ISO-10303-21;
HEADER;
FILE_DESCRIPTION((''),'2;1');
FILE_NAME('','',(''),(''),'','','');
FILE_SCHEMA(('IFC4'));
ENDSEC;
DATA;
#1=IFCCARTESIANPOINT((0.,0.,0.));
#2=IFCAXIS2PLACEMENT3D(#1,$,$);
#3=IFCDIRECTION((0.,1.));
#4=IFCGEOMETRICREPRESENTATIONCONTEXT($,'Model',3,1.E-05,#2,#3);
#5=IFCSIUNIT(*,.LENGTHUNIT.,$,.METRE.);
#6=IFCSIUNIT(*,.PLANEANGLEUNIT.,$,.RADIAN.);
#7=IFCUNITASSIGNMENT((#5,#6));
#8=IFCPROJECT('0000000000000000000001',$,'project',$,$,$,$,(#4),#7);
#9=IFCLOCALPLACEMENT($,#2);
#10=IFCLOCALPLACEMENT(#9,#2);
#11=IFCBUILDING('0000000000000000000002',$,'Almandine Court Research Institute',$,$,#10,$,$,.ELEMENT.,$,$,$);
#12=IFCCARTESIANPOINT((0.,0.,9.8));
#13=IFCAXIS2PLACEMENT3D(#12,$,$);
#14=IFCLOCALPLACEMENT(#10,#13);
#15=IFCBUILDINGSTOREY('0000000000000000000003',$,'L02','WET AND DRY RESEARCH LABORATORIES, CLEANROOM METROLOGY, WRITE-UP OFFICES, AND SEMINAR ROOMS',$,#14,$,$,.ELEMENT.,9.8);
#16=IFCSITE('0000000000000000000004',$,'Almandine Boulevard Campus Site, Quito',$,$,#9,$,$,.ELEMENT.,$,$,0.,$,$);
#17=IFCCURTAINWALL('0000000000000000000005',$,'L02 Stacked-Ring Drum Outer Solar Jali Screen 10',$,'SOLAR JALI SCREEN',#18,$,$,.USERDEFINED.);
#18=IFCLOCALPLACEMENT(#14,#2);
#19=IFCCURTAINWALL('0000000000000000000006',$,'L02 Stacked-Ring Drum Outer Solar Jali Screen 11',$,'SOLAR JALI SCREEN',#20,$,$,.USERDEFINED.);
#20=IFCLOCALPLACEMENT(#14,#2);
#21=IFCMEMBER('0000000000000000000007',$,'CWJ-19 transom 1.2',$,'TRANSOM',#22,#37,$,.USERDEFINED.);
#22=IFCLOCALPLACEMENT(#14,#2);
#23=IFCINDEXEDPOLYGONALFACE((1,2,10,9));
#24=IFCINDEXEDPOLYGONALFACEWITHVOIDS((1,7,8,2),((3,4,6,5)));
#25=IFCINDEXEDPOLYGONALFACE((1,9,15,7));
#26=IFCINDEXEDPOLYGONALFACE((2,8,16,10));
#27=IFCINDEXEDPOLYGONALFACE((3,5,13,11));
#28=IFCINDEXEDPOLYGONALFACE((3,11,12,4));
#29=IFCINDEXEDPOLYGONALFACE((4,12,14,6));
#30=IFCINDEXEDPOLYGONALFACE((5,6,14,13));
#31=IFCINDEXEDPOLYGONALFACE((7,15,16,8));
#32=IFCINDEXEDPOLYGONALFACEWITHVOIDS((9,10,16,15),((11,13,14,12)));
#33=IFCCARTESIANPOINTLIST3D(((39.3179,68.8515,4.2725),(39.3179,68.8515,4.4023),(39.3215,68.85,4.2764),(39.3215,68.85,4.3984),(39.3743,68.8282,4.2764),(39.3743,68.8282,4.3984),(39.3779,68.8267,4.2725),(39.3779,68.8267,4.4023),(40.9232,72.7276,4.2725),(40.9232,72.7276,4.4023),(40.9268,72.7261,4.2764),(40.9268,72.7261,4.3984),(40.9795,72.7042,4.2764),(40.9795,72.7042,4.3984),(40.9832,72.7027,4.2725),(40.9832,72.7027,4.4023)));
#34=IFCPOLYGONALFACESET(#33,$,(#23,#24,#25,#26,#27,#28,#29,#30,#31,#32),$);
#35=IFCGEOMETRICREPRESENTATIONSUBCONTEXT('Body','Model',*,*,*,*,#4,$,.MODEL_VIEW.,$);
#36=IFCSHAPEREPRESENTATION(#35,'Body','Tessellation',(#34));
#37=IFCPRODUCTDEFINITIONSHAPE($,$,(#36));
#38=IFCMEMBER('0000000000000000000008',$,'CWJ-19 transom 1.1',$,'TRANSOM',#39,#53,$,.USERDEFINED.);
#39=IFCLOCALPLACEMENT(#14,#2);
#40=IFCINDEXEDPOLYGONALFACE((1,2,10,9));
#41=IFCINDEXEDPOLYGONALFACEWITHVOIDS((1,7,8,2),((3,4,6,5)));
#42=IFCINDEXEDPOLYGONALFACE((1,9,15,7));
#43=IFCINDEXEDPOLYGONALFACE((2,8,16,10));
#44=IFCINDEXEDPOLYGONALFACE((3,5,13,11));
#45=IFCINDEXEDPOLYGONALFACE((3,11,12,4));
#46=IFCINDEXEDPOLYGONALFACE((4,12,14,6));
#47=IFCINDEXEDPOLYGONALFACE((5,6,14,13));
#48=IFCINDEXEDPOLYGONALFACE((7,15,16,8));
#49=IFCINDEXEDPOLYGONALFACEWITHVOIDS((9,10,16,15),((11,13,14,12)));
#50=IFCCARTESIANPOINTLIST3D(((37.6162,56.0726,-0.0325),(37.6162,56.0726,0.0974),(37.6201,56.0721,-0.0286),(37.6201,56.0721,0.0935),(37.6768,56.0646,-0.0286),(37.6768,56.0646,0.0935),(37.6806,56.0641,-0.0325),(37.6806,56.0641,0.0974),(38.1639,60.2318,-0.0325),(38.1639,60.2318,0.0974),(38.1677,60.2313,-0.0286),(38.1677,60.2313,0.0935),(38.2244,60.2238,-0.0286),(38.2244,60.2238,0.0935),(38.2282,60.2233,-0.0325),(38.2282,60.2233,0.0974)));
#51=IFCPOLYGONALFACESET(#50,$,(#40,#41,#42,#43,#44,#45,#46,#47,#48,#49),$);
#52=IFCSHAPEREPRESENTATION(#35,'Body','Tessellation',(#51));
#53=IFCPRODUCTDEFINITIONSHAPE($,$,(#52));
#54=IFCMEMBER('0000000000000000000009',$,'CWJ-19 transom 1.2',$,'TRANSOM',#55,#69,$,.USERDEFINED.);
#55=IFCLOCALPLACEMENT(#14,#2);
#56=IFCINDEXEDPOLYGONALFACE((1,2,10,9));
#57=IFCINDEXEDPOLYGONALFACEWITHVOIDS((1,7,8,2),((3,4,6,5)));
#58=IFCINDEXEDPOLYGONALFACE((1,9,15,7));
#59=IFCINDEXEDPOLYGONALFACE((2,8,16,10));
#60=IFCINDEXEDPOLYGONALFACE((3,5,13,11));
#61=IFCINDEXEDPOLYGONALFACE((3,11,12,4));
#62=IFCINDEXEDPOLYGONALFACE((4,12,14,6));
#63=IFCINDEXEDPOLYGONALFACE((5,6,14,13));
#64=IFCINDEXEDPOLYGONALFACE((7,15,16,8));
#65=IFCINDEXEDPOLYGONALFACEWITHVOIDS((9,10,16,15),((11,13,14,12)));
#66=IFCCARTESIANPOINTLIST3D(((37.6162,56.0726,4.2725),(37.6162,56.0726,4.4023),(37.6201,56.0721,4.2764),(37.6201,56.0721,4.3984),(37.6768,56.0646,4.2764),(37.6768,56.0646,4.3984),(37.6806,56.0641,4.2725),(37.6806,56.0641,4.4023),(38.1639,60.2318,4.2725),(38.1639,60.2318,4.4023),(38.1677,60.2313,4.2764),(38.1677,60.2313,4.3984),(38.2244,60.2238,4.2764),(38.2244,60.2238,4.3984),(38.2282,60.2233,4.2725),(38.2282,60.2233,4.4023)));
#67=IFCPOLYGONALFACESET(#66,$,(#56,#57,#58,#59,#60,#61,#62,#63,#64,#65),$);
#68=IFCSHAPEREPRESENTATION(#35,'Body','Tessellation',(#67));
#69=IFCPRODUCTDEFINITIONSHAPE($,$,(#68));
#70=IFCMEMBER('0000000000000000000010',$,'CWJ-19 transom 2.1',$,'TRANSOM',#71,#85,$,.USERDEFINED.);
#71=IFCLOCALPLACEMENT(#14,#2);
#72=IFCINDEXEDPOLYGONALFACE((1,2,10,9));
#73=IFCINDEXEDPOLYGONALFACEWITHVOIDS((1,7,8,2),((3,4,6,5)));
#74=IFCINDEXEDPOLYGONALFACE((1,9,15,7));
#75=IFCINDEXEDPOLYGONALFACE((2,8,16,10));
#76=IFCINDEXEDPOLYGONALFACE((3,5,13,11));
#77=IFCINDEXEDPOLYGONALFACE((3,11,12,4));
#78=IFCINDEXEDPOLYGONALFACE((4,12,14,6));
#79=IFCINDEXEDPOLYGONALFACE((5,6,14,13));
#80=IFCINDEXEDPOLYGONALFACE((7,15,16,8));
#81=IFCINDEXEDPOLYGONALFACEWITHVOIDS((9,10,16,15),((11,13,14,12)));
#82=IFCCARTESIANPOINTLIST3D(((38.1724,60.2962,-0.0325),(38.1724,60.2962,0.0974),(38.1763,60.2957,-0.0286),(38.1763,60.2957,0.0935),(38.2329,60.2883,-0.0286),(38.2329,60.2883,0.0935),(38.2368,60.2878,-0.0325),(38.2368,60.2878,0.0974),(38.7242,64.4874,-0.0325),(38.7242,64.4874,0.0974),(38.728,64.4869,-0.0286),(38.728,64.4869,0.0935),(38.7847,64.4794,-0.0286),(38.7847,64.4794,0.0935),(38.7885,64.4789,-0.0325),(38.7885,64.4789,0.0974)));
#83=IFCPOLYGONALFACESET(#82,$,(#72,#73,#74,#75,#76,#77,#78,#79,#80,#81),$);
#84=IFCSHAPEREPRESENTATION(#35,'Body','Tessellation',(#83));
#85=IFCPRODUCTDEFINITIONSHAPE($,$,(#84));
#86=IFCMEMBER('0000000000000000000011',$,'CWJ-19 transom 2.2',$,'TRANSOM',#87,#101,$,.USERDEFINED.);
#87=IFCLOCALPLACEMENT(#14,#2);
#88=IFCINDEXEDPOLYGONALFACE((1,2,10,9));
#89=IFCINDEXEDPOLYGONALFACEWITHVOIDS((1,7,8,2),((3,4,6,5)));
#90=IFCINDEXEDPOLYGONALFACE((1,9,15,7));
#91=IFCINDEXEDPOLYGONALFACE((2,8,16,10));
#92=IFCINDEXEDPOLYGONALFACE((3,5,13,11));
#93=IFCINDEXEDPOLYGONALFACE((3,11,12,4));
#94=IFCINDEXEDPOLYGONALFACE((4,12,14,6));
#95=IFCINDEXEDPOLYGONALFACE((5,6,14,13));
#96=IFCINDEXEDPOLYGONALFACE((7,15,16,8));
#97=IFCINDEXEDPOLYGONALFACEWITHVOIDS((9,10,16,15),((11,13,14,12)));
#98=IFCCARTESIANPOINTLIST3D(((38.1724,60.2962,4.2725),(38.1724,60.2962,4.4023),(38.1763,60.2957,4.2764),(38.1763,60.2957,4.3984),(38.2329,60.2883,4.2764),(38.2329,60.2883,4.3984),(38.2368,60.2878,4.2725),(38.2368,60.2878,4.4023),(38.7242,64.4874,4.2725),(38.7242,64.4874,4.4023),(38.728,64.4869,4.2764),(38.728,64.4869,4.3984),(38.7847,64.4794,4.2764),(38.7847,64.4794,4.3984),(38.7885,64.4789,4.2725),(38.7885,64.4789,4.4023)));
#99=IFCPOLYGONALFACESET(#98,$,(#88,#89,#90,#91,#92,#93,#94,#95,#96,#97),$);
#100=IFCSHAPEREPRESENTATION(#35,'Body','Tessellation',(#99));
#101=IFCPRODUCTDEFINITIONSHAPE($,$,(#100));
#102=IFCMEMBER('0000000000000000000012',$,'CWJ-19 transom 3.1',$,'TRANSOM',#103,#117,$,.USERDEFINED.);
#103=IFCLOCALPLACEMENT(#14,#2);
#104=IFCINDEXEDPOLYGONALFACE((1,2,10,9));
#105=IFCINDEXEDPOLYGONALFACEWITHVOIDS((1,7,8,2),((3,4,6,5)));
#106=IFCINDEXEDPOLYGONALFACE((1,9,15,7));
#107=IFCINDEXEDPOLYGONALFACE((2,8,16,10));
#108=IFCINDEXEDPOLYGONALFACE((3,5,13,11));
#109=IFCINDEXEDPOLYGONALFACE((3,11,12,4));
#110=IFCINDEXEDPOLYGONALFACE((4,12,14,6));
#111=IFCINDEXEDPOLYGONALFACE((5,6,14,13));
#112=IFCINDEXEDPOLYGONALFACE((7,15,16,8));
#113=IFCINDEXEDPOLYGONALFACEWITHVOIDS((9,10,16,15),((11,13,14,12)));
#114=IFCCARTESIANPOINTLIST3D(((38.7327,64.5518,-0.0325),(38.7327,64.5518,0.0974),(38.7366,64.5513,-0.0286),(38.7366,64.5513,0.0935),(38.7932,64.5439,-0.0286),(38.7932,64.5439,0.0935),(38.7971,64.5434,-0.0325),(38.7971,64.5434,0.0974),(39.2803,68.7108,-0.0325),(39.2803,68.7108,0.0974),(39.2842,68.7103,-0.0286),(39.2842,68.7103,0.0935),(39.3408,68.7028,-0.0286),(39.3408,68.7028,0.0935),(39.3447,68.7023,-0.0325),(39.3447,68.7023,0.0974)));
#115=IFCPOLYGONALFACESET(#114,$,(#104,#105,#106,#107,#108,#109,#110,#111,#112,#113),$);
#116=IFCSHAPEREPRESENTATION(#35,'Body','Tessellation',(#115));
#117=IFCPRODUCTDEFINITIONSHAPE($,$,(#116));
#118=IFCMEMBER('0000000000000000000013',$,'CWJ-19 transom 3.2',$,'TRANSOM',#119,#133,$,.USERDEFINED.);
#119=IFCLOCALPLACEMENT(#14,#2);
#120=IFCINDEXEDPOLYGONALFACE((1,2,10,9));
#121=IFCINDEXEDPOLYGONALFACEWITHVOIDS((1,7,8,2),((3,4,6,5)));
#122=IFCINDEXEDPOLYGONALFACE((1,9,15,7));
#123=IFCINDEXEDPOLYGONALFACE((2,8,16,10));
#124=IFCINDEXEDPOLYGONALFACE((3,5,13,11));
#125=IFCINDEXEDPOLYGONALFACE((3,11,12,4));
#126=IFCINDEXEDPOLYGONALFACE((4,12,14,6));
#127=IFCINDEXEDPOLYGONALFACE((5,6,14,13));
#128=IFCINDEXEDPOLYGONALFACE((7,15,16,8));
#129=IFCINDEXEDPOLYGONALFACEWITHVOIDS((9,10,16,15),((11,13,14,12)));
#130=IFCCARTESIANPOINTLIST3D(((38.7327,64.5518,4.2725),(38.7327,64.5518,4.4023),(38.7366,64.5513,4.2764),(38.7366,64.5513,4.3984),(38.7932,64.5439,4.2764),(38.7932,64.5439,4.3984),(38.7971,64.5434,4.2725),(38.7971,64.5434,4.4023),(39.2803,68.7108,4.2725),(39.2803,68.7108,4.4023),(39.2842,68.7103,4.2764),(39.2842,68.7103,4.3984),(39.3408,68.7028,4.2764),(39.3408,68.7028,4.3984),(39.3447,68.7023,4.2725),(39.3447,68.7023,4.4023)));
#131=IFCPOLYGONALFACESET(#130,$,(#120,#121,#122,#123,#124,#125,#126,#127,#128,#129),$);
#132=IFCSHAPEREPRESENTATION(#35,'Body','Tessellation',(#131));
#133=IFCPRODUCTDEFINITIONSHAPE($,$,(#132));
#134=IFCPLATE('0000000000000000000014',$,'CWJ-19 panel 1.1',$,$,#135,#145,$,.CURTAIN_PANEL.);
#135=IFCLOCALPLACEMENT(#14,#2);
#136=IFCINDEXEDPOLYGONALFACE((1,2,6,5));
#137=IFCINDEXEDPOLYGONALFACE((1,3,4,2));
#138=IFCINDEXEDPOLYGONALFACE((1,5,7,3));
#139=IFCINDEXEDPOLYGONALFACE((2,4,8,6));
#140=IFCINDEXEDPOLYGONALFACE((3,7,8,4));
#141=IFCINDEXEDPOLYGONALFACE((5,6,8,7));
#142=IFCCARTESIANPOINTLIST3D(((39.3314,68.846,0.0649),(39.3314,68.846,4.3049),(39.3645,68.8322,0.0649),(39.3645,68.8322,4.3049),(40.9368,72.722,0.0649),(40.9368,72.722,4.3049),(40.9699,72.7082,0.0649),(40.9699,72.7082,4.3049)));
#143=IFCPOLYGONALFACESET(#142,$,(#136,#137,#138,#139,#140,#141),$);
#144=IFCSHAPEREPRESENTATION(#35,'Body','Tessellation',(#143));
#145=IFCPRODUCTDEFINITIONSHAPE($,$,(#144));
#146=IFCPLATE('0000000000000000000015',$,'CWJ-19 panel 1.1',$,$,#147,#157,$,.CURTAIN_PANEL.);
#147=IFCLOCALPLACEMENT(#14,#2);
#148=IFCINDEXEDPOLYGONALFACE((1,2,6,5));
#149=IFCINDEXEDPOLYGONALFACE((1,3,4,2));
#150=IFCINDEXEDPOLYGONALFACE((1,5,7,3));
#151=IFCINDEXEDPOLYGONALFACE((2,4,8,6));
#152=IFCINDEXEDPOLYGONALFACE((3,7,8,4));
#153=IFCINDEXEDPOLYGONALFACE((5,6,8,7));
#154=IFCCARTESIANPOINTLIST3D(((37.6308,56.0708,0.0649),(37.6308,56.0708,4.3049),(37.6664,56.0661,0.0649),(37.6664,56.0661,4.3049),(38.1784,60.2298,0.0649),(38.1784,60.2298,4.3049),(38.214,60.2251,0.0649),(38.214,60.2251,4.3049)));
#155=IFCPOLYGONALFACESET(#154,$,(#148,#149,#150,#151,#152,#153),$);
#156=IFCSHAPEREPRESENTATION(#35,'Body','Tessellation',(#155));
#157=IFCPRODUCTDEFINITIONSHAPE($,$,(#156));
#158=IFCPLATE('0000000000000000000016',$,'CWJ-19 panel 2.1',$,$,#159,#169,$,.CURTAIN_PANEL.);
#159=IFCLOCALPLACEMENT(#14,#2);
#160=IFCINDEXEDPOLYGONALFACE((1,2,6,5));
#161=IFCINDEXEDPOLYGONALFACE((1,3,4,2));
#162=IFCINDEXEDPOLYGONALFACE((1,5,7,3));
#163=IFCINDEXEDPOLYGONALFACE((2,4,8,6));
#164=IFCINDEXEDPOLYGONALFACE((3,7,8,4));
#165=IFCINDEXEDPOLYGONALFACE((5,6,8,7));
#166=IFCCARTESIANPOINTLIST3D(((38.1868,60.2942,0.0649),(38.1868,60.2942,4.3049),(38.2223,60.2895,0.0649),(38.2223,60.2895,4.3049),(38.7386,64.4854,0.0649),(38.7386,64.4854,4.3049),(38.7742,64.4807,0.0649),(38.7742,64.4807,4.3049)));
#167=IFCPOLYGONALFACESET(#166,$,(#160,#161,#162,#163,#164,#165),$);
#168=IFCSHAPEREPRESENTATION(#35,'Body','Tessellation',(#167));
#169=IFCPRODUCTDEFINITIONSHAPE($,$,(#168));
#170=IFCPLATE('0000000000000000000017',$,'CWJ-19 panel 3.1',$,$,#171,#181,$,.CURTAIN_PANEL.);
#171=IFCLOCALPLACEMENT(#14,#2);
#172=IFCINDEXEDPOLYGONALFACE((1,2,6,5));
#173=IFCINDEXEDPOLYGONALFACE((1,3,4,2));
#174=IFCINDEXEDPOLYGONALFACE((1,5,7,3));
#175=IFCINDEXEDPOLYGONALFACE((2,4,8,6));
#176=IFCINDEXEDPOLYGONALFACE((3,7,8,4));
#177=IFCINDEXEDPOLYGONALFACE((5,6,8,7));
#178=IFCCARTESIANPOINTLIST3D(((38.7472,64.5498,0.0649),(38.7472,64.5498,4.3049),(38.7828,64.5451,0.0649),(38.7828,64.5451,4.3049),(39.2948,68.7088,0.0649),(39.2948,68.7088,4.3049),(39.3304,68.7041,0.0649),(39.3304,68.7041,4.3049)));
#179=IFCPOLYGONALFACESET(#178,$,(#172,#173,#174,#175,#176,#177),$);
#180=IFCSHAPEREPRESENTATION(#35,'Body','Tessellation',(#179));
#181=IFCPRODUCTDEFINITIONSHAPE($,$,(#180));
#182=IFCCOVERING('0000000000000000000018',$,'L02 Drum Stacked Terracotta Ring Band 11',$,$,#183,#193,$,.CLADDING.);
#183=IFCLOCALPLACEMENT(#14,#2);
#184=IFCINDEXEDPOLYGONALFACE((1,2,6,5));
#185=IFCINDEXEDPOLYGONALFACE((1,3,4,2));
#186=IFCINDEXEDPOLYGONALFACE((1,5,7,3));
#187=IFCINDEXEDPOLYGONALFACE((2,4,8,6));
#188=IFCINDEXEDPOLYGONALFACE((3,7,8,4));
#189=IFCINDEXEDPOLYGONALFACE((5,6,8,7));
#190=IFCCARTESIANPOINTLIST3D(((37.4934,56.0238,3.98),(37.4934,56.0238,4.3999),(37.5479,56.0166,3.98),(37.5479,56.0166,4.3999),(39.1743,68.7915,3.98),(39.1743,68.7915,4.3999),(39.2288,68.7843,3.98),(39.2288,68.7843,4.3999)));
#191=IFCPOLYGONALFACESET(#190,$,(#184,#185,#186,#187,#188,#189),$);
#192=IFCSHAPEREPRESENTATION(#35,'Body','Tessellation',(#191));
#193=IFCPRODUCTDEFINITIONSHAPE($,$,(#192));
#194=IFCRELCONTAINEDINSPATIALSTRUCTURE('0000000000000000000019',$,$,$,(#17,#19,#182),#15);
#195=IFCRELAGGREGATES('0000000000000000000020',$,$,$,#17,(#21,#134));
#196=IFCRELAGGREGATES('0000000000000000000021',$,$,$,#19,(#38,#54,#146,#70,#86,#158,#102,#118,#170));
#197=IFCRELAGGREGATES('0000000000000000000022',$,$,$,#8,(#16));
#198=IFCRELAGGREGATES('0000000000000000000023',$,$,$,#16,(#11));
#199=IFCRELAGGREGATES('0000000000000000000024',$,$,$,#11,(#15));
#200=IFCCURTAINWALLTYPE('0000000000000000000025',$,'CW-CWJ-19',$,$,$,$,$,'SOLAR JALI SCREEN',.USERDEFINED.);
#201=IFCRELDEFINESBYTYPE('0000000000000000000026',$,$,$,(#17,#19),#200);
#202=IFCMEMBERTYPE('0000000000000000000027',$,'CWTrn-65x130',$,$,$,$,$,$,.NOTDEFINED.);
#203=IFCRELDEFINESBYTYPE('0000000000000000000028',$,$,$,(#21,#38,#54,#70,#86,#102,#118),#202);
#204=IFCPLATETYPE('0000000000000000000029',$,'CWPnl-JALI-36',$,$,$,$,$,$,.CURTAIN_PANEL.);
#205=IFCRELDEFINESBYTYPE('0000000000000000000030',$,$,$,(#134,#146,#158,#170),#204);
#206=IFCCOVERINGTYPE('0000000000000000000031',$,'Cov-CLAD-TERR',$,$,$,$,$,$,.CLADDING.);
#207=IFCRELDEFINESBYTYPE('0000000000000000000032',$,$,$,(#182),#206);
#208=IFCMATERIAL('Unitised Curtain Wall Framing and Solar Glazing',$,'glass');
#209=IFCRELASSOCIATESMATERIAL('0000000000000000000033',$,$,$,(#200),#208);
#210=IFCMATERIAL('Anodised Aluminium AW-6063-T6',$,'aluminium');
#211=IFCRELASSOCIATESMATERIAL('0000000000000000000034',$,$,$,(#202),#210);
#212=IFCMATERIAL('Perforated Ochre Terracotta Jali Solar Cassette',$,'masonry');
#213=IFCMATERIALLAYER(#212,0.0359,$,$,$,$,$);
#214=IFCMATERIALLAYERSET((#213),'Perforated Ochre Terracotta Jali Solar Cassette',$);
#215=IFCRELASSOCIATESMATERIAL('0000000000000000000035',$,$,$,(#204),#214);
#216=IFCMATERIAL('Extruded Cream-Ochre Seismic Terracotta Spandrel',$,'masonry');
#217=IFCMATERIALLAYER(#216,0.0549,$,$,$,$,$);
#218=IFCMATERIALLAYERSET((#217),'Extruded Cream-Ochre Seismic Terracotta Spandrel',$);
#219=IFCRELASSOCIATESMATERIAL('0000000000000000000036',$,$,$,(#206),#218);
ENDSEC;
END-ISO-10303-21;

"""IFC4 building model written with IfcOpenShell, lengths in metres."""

from ifc_helpers import new_model, si_unit, direction, frame, origin, origin_2d, place, context, subcontext, project, spatial, rectangle, hollow_rectangle, extrude, material, layer, layer_set, material_profile, profile_set, type_object, element, aggregate, save


model = new_model("IFC4")

# Units and contexts
model_context = context("Model", 3, precision=1e-05, world=origin(), true_north=direction((0.0, 1.0)))
body_context = subcontext(model_context, "Body", "Model", "MODEL_VIEW")
ifc_project = project(units=[si_unit("LENGTHUNIT", "METRE"), si_unit("PLANEANGLEUNIT", "RADIAN")], contexts=[model_context])

# Site, building, storey
site_placement = place(None, origin())
site = spatial("IfcSite", under=ifc_project, at=site_placement, Name="Almandine Boulevard Campus Site, Quito", CompositionType="ELEMENT", RefElevation=0.0)
building_placement = place(site_placement, origin())
building = spatial("IfcBuilding", under=site, at=building_placement, Name="Almandine Court Research Institute", CompositionType="ELEMENT")
storey_placement = place(building_placement, frame((0.0, 0.0, 9.8)))
storey = spatial("IfcBuildingStorey", under=building, at=storey_placement, Name="L02", Description="WET AND DRY RESEARCH LABORATORIES, CLEANROOM METROLOGY, WRITE-UP OFFICES, AND SEMINAR ROOMS", CompositionType="ELEMENT", Elevation=9.8)

# Curtain walls
ifc_material_1 = material(Name="Unitised Curtain Wall Framing and Solar Glazing", Category="glass")
curtain_wall_type = type_object("IfcCurtainWallType", Name="CW-CWJ-19", ElementType="SOLAR JALI SCREEN", PredefinedType="USERDEFINED", material=ifc_material_1)
curtain_wall_1_placement = place(storey_placement, origin())
curtain_wall_1 = element("IfcCurtainWall", 1, at=curtain_wall_1_placement, inside=storey, type_object=curtain_wall_type, Name="L02 Stacked-Ring Drum Outer Solar Jali Screen 10", ObjectType="SOLAR JALI SCREEN", PredefinedType="USERDEFINED")
ifc_material_2 = material(Name="Anodised Aluminium AW-6063-T6", Category="aluminium")
curtain_wall_2_placement = place(storey_placement, origin())
curtain_wall_2 = element("IfcCurtainWall", 2, at=curtain_wall_2_placement, inside=storey, type_object=curtain_wall_type, Name="L02 Stacked-Ring Drum Outer Solar Jali Screen 11", ObjectType="SOLAR JALI SCREEN", PredefinedType="USERDEFINED")

# Members
ifc_material_profile_1 = material_profile(ifc_material_2, hollow_rectangle(XDim=0.0649, YDim=0.1299, WallThickness=0.0039, at=origin_2d()), Name="ALU RHS 65x130x4")
ifc_profile_set_1 = profile_set([ifc_material_profile_1], Name="Anodised Aluminium AW-6063-T6")
member_type_1 = type_object("IfcMemberType", Name="CWTrn-65x130", PredefinedType="NOTDEFINED", material=ifc_profile_set_1)
member_1_placement = place(storey_placement, frame((39.3479, 68.8391, 4.3374), z_axis=(0.382631, 0.923901, 0.0), x_axis=(-0.923901, 0.382631, 0.0)))
member_1 = element("IfcMember", 3, at=member_1_placement, type_object=member_type_1, Name="CWJ-19 transom 1.2", ObjectType="TRANSOM", PredefinedType="USERDEFINED", context=body_context, shape_type="SweptSolid", body=[
    extrude(hollow_rectangle(XDim=0.0649, YDim=0.1299, WallThickness=0.0039, at=origin_2d()), origin(), (0.0, 0.0, 1.0), 4.1953),
])
member_2_placement = place(storey_placement, frame((37.6484, 56.0684, 0.0325), z_axis=(0.130536, 0.991444, 0.0), x_axis=(-0.991444, 0.130536, 0.0)))
member_2 = element("IfcMember", 4, at=member_2_placement, type_object=member_type_1, Name="CWJ-19 transom 1.1", ObjectType="TRANSOM", PredefinedType="USERDEFINED", context=body_context, shape_type="SweptSolid", body=[
    extrude(hollow_rectangle(XDim=0.0649, YDim=0.1299, WallThickness=0.0039, at=origin_2d()), origin(), (0.0, 0.0, 1.0), 4.1951),
])
member_3_placement = place(storey_placement, frame((37.6484, 56.0684, 4.3374), z_axis=(0.130536, 0.991444, 0.0), x_axis=(-0.991444, 0.130536, 0.0)))
member_3 = element("IfcMember", 5, at=member_3_placement, type_object=member_type_1, Name="CWJ-19 transom 1.2", ObjectType="TRANSOM", PredefinedType="USERDEFINED", context=body_context, shape_type="SweptSolid", body=[
    extrude(hollow_rectangle(XDim=0.0649, YDim=0.1299, WallThickness=0.0039, at=origin_2d()), origin(), (0.0, 0.0, 1.0), 4.1951),
])
member_4_placement = place(storey_placement, frame((38.2046, 60.292, 0.0325), z_axis=(0.130522, 0.991445, 0.0), x_axis=(-0.991445, 0.130522, 0.0)))
member_4 = element("IfcMember", 6, at=member_4_placement, type_object=member_type_1, Name="CWJ-19 transom 2.1", ObjectType="TRANSOM", PredefinedType="USERDEFINED", context=body_context, shape_type="SweptSolid", body=[
    extrude(hollow_rectangle(XDim=0.0649, YDim=0.1299, WallThickness=0.0039, at=origin_2d()), origin(), (0.0, 0.0, 1.0), 4.2273),
])
member_5_placement = place(storey_placement, frame((38.2046, 60.292, 4.3374), z_axis=(0.130522, 0.991445, 0.0), x_axis=(-0.991445, 0.130522, 0.0)))
member_5 = element("IfcMember", 7, at=member_5_placement, type_object=member_type_1, Name="CWJ-19 transom 2.2", ObjectType="TRANSOM", PredefinedType="USERDEFINED", context=body_context, shape_type="SweptSolid", body=[
    extrude(hollow_rectangle(XDim=0.0649, YDim=0.1299, WallThickness=0.0039, at=origin_2d()), origin(), (0.0, 0.0, 1.0), 4.2273),
])
member_6_placement = place(storey_placement, frame((38.7649, 64.5476, 0.0325), z_axis=(0.130543, 0.991443, 0.0), x_axis=(-0.991443, 0.130543, 0.0)))
member_6 = element("IfcMember", 8, at=member_6_placement, type_object=member_type_1, Name="CWJ-19 transom 3.1", ObjectType="TRANSOM", PredefinedType="USERDEFINED", context=body_context, shape_type="SweptSolid", body=[
    extrude(hollow_rectangle(XDim=0.0649, YDim=0.1299, WallThickness=0.0039, at=origin_2d()), origin(), (0.0, 0.0, 1.0), 4.1948),
])
member_7_placement = place(storey_placement, frame((38.7649, 64.5476, 4.3374), z_axis=(0.130543, 0.991443, 0.0), x_axis=(-0.991443, 0.130543, 0.0)))
member_7 = element("IfcMember", 9, at=member_7_placement, type_object=member_type_1, Name="CWJ-19 transom 3.2", ObjectType="TRANSOM", PredefinedType="USERDEFINED", context=body_context, shape_type="SweptSolid", body=[
    extrude(hollow_rectangle(XDim=0.0649, YDim=0.1299, WallThickness=0.0039, at=origin_2d()), origin(), (0.0, 0.0, 1.0), 4.1948),
])

# Plates
ifc_material_3 = material(Name="Perforated Ochre Terracotta Jali Solar Cassette", Category="masonry")
ifc_layer_1 = layer(ifc_material_3, 0.0359)
ifc_layer_set_1 = layer_set([ifc_layer_1], Name="Perforated Ochre Terracotta Jali Solar Cassette")
plate_type = type_object("IfcPlateType", Name="CWPnl-JALI-36", PredefinedType="CURTAIN_PANEL", material=ifc_layer_set_1)
plate_1_placement = place(storey_placement, frame((40.1506, 70.7771, 0.0649), z_axis=(0.0, 0.0, 1.0), x_axis=(0.382663, 0.923888, 0.0)))
plate_1 = element("IfcPlate", 10, at=plate_1_placement, type_object=plate_type, Name="CWJ-19 panel 1.1", PredefinedType="CURTAIN_PANEL", context=body_context, shape_type="SweptSolid", body=[
    extrude(rectangle(XDim=4.1953, YDim=0.0359, at=origin_2d()), origin(), (0.0, 0.0, 1.0), 4.24),
])
aggregate(curtain_wall_1, [member_1, plate_1])
plate_2_placement = place(storey_placement, frame((37.9224, 58.1479, 0.0649), z_axis=(0.0, 0.0, 1.0), x_axis=(0.130541, 0.991443, 0.0)))
plate_2 = element("IfcPlate", 11, at=plate_2_placement, type_object=plate_type, Name="CWJ-19 panel 1.1", PredefinedType="CURTAIN_PANEL", context=body_context, shape_type="SweptSolid", body=[
    extrude(rectangle(XDim=4.1948, YDim=0.0359, at=origin_2d()), origin(), (0.0, 0.0, 1.0), 4.24),
])
plate_3_placement = place(storey_placement, frame((38.4805, 62.3875, 0.0649), z_axis=(0.0, 0.0, 1.0), x_axis=(0.130541, 0.991443, 0.0)))
plate_3 = element("IfcPlate", 12, at=plate_3_placement, type_object=plate_type, Name="CWJ-19 panel 2.1", PredefinedType="CURTAIN_PANEL", context=body_context, shape_type="SweptSolid", body=[
    extrude(rectangle(XDim=4.2273, YDim=0.0359, at=origin_2d()), origin(), (0.0, 0.0, 1.0), 4.24),
])
plate_4_placement = place(storey_placement, frame((39.0388, 66.627, 0.0649), z_axis=(0.0, 0.0, 1.0), x_axis=(0.130541, 0.991443, 0.0)))
plate_4 = element("IfcPlate", 13, at=plate_4_placement, type_object=plate_type, Name="CWJ-19 panel 3.1", PredefinedType="CURTAIN_PANEL", context=body_context, shape_type="SweptSolid", body=[
    extrude(rectangle(XDim=4.1948, YDim=0.0359, at=origin_2d()), origin(), (0.0, 0.0, 1.0), 4.24),
])
aggregate(curtain_wall_2, [member_2, member_3, plate_2, member_4, member_5, plate_3, member_6, member_7, plate_4])

# Covering
ifc_material_4 = material(Name="Extruded Cream-Ochre Seismic Terracotta Spandrel", Category="masonry")
ifc_layer_2 = layer(ifc_material_4, 0.0549)
ifc_layer_set_2 = layer_set([ifc_layer_2], Name="Extruded Cream-Ochre Seismic Terracotta Spandrel")
covering_type = type_object("IfcCoveringType", Name="Cov-CLAD-TERR", PredefinedType="CLADDING", material=ifc_layer_set_2)
covering_placement = place(storey_placement, frame((38.3611, 62.4041, 3.98), z_axis=(0.0, 0.0, 1.0), x_axis=(0.130526, 0.991445, 0.0)))
element("IfcCovering", 14, at=covering_placement, inside=storey, type_object=covering_type, Name="L02 Drum Stacked Terracotta Ring Band 11", PredefinedType="CLADDING", context=body_context, shape_type="SweptSolid", body=[
    extrude(rectangle(XDim=12.8779, YDim=0.0549, at=origin_2d()), origin(), (0.0, 0.0, 1.0), 0.4199),
])

save(model, "model.ifc")
